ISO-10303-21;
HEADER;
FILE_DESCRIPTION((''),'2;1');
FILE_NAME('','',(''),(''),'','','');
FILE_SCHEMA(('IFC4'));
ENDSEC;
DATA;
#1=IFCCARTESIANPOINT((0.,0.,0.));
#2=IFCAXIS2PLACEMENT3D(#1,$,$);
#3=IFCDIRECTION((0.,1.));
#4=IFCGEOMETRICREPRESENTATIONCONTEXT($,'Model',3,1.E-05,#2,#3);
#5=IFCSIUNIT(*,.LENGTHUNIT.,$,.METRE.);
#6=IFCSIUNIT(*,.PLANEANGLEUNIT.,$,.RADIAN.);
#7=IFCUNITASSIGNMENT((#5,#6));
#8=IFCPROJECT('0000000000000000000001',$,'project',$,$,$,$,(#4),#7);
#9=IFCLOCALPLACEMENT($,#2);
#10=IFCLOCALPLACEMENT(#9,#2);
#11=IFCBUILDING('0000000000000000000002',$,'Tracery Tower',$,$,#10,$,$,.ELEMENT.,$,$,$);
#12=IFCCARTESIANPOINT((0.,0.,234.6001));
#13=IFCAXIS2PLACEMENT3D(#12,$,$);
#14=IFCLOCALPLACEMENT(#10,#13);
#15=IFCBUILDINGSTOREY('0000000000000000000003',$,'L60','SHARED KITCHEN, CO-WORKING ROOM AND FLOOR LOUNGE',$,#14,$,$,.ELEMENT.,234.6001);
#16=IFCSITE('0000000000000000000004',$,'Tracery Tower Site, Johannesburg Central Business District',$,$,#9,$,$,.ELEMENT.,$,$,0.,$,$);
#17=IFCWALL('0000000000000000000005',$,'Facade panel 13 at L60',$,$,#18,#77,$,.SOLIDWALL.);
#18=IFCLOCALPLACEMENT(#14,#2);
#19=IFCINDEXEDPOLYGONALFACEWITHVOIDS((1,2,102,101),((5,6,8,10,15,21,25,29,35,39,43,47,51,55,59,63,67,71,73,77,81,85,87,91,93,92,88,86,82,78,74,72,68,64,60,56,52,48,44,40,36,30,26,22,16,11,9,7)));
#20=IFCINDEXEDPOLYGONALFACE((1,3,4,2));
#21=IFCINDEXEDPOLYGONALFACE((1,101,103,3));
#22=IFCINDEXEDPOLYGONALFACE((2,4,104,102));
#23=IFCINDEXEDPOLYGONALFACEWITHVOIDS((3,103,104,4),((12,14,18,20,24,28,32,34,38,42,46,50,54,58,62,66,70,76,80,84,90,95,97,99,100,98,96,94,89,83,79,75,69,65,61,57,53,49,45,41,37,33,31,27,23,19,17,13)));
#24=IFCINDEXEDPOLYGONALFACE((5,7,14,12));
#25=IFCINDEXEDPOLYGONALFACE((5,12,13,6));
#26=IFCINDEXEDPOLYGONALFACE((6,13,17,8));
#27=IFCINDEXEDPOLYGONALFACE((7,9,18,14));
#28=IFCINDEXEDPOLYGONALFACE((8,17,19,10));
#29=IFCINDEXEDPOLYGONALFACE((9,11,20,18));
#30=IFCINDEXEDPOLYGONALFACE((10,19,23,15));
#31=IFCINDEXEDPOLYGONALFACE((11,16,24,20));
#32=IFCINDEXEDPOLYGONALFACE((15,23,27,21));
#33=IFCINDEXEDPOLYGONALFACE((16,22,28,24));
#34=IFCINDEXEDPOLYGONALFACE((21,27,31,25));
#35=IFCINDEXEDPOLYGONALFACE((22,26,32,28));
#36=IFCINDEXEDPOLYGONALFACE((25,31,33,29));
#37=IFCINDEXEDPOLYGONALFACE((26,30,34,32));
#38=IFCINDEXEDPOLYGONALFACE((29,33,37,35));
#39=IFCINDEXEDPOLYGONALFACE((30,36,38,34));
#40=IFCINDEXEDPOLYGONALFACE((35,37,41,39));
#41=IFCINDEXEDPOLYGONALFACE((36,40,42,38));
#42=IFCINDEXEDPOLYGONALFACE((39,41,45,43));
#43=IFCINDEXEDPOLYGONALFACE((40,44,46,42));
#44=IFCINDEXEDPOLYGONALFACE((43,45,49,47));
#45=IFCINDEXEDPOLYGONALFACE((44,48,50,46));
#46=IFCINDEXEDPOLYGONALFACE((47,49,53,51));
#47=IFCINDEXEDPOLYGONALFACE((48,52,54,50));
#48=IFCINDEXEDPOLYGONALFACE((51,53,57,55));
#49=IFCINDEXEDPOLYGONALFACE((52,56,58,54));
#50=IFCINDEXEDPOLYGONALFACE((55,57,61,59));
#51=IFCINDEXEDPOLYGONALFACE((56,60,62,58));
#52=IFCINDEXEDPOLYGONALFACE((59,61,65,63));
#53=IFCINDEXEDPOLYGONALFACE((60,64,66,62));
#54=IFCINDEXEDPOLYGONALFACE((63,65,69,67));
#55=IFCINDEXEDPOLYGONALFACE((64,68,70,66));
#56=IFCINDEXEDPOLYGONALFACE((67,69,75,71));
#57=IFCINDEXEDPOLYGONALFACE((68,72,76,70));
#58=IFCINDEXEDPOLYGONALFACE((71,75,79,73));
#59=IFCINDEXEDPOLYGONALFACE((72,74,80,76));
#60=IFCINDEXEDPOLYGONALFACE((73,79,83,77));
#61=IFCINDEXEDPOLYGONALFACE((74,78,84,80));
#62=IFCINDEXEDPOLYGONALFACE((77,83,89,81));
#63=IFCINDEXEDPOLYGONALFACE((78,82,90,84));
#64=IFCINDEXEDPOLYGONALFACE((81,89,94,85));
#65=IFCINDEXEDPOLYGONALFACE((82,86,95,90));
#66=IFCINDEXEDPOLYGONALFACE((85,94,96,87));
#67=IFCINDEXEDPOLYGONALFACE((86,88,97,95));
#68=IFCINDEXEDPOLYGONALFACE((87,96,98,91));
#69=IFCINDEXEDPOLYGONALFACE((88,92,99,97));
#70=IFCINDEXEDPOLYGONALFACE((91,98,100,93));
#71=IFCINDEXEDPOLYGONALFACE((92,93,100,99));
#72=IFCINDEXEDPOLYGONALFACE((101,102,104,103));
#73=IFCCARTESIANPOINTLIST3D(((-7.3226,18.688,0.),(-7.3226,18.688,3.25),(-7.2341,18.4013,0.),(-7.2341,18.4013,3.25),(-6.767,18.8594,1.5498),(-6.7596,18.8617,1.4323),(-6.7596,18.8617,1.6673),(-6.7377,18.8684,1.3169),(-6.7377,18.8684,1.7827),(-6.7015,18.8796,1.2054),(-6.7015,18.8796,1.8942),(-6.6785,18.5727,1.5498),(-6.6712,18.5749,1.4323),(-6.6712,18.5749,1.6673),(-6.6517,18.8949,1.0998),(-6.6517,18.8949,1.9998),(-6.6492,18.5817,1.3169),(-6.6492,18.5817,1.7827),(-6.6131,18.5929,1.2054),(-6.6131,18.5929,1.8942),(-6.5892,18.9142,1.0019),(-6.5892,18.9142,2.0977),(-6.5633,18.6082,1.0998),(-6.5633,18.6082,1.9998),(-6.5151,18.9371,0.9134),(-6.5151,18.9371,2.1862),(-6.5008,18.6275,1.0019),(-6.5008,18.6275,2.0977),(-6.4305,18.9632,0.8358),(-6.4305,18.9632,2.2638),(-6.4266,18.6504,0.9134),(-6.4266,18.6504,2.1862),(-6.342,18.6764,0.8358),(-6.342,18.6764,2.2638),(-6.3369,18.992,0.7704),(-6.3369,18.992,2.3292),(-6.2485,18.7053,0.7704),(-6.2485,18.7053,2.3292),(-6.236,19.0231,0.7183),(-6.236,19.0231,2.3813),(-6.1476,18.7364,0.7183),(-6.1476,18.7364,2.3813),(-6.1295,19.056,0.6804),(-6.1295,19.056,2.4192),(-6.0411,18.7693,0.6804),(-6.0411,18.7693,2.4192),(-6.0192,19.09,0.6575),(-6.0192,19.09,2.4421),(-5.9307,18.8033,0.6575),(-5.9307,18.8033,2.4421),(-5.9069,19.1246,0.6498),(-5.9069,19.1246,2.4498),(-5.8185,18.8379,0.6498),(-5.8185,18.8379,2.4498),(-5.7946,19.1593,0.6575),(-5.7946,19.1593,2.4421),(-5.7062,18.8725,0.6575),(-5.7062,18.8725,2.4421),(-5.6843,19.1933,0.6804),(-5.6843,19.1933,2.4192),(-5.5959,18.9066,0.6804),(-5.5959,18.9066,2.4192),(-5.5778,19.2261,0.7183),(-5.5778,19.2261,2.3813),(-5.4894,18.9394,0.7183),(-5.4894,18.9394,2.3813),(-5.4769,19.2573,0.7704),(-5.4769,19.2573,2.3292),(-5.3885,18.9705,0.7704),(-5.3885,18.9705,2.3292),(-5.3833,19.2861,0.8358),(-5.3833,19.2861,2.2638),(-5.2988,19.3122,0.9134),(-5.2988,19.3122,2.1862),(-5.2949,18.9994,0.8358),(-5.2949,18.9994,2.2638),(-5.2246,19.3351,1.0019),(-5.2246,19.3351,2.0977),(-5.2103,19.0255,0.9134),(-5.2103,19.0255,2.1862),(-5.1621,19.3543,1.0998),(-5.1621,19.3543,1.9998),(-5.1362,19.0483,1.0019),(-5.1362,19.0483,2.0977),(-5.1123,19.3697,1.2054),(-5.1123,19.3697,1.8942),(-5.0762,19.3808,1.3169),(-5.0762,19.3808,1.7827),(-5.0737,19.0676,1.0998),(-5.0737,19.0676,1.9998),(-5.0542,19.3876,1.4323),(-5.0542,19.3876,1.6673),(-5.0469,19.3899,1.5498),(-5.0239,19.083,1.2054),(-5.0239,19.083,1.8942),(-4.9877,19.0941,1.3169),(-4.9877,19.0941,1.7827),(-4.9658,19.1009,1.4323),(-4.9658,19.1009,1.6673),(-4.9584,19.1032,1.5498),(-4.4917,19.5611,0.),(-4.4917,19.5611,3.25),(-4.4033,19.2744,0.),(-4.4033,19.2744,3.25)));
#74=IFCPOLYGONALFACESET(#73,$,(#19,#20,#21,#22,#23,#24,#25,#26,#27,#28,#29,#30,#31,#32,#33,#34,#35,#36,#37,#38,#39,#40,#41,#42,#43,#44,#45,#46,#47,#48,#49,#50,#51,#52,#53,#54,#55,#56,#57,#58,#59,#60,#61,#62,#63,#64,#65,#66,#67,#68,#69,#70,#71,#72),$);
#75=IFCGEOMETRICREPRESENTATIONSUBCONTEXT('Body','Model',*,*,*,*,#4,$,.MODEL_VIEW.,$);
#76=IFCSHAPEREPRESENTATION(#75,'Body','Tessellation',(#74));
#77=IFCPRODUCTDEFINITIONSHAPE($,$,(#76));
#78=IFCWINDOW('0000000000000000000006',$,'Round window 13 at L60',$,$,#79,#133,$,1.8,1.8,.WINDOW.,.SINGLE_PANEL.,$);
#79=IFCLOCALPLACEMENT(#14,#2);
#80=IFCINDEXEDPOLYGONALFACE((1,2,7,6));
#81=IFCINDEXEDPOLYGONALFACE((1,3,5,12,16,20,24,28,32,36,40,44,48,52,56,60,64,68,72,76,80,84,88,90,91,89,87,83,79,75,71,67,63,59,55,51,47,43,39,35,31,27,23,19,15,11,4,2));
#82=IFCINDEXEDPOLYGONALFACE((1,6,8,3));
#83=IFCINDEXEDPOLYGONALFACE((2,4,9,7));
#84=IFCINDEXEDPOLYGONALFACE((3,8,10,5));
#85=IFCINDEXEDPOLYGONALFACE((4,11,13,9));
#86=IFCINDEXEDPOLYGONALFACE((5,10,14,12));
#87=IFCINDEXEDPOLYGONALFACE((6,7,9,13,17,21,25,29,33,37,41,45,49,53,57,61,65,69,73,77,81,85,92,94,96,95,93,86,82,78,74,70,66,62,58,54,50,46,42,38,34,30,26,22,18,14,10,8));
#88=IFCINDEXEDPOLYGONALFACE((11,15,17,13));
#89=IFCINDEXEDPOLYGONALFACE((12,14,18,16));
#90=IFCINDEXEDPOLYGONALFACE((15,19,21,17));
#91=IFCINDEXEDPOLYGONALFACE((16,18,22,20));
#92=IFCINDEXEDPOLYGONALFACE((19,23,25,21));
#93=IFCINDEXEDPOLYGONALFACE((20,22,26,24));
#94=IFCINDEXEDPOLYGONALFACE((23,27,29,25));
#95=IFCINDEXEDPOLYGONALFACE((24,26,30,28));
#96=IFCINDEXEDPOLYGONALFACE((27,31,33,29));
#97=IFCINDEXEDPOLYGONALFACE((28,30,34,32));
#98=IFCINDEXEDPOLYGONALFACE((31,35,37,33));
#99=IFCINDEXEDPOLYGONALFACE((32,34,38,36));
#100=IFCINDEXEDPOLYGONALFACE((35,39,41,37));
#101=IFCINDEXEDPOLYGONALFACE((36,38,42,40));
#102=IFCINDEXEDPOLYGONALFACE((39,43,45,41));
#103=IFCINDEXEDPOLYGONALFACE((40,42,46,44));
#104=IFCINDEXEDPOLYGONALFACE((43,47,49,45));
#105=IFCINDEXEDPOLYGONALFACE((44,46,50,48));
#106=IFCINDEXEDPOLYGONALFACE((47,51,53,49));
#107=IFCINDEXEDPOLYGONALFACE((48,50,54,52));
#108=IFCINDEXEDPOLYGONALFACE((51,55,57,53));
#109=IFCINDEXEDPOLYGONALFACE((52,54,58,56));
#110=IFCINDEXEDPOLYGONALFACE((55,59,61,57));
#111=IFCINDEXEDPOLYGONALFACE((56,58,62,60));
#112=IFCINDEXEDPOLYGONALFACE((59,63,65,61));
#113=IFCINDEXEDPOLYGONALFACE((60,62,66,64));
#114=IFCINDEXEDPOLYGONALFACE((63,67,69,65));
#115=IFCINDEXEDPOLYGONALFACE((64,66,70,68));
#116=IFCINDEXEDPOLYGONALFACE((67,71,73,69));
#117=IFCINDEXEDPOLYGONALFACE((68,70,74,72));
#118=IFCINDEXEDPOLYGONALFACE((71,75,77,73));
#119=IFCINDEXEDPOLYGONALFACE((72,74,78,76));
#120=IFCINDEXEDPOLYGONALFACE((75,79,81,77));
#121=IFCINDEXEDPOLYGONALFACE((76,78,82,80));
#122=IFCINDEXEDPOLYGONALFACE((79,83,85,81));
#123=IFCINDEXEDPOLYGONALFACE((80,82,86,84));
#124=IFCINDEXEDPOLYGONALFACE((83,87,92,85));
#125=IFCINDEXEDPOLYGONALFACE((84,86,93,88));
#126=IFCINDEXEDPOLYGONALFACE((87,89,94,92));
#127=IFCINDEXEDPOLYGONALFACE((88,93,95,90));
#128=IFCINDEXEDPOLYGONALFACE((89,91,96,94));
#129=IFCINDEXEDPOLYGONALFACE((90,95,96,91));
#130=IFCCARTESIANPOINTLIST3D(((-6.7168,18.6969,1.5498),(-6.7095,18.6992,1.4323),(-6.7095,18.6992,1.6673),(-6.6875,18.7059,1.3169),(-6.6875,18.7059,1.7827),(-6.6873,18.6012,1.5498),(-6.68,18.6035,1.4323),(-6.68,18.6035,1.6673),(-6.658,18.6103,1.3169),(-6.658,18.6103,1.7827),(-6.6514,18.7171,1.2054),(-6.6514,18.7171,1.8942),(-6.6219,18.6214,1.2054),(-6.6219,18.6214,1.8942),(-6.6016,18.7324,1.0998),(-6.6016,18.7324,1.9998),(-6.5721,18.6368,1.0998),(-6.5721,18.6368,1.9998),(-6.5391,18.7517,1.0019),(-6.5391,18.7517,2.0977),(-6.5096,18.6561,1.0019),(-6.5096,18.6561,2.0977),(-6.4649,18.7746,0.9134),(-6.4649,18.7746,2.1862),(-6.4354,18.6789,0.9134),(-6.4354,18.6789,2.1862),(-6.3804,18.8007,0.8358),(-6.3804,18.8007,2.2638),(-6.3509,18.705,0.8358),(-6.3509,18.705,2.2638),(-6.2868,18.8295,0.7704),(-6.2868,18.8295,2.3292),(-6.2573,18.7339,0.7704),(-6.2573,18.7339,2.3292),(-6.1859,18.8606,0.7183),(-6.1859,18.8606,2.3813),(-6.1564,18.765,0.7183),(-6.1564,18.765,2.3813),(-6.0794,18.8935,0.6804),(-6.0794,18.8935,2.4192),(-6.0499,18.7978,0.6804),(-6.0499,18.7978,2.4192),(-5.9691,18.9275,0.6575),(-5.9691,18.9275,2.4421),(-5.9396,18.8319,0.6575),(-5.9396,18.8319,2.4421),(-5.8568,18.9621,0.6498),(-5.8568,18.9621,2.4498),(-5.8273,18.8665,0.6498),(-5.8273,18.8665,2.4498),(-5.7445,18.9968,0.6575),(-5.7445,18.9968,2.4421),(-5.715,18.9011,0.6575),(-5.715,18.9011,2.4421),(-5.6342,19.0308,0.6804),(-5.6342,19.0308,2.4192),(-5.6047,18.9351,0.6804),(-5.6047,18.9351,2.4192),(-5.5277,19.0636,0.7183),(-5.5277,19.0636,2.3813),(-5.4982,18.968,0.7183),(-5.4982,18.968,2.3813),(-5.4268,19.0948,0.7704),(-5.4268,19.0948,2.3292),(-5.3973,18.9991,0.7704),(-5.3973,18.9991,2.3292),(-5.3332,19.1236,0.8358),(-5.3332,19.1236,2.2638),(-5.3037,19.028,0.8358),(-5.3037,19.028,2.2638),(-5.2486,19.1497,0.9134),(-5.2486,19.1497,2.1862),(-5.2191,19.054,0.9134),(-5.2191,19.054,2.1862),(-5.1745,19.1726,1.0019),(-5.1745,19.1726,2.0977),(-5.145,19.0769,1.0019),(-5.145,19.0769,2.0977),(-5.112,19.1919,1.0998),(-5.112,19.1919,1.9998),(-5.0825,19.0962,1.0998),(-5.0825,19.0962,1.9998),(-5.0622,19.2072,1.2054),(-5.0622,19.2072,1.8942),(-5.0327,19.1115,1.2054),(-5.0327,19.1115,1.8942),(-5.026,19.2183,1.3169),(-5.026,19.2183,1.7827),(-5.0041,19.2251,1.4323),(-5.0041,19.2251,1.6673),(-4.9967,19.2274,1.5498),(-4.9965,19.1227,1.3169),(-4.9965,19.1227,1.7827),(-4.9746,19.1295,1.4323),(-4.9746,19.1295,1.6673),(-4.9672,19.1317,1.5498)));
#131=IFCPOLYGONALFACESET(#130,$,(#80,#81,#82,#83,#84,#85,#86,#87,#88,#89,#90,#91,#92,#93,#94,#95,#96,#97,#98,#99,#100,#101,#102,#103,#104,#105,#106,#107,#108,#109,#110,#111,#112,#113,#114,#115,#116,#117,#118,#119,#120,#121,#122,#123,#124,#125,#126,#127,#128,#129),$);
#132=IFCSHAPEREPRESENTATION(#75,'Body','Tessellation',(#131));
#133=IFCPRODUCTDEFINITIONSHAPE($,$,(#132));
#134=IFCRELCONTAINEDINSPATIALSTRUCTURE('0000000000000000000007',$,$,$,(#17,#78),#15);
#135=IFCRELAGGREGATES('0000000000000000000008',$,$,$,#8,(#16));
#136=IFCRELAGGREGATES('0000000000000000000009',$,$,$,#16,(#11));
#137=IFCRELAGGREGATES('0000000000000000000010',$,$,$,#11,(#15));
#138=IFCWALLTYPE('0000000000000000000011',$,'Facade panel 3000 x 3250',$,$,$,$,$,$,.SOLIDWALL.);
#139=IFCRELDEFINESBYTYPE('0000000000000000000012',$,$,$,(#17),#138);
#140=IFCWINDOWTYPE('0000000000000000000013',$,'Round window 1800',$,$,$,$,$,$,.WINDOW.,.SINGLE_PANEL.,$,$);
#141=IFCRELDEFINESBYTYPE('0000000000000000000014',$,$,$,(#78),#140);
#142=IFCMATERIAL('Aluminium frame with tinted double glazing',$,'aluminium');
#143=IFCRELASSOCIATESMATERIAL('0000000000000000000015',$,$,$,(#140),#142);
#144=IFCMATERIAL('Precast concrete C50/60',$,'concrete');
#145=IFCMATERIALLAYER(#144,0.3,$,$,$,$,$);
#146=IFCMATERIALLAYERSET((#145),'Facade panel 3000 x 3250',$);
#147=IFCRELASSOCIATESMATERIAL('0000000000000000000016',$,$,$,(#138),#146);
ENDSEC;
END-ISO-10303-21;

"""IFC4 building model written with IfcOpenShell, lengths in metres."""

from ifc_helpers import new_model, si_unit, direction, frame, frame_2d, origin, origin_2d, place, context, subcontext, project, spatial, rectangle, circle, extrude, material, layer, layer_set, type_object, element, fill, save


model = new_model("IFC4")

# Units and contexts
model_context = context("Model", 3, precision=1e-05, world=origin(), true_north=direction((0.0, 1.0)))
body_context = subcontext(model_context, "Body", "Model", "MODEL_VIEW")
ifc_project = project(units=[si_unit("LENGTHUNIT", "METRE"), si_unit("PLANEANGLEUNIT", "RADIAN")], contexts=[model_context])

# Site, building, storey
site_placement = place(None, origin())
site = spatial("IfcSite", under=ifc_project, at=site_placement, Name="Tracery Tower Site, Johannesburg Central Business District", CompositionType="ELEMENT", RefElevation=0.0)
building_placement = place(site_placement, origin())
building = spatial("IfcBuilding", under=site, at=building_placement, Name="Tracery Tower", CompositionType="ELEMENT")
storey_placement = place(building_placement, frame((0.0, 0.0, 234.6001)))
storey = spatial("IfcBuildingStorey", under=building, at=storey_placement, Name="L60", Description="SHARED KITCHEN, CO-WORKING ROOM AND FLOOR LOUNGE", CompositionType="ELEMENT", Elevation=234.6001)

# Wall, opening, window
ifc_material_1 = material(Name="Aluminium frame with tinted double glazing", Category="aluminium")
window_type = type_object("IfcWindowType", Name="Round window 1800", PartitioningType="SINGLE_PANEL", PredefinedType="WINDOW", material=ifc_material_1)
ifc_material_2 = material(Name="Precast concrete C50/60", Category="concrete")
ifc_layer_1 = layer(ifc_material_2, 0.3)
ifc_layer_set_1 = layer_set([ifc_layer_1], Name="Facade panel 3000 x 3250")
wall_type_1 = type_object("IfcWallType", Name="Facade panel 3000 x 3250", PredefinedType="SOLIDWALL", material=ifc_layer_set_1)
wall_1_placement = place(storey_placement, frame((-4.4475, 19.4177, 0.0), z_axis=(0.0, 0.0, 1.0), x_axis=(-0.955586, -0.294711, 0.0)))
wall_1 = element("IfcWall", 1, at=wall_1_placement, inside=storey, type_object=wall_type_1, Name="Facade panel 13 at L60", PredefinedType="SOLIDWALL", context=body_context, shape_type="SweptSolid", body=[
    extrude(rectangle(XDim=2.9624, YDim=0.3, at=frame_2d((1.4812, 0.0))), origin(), (0.0, 0.0, 1.0), 3.25),
])
opening_1_placement = place(wall_1_placement, frame((1.481, 0.0, 1.5498)))
opening_1 = element("IfcOpeningElement", 2, at=opening_1_placement, cuts=wall_1, PredefinedType="OPENING", context=body_context, shape_type="SweptSolid", body=[
    extrude(circle(Radius=0.9, at=origin_2d()), frame((0.0, 0.1599, 0.0), z_axis=(0.0, -1.0, 0.0), x_axis=(1.0, 0.0, 0.0)), (0.0, 0.0, 1.0), 0.3201),
])
window_1_placement = place(opening_1_placement, origin())
window_1 = element("IfcWindow", 3, at=window_1_placement, inside=storey, type_object=window_type, Name="Round window 13 at L60", OverallHeight=1.8, OverallWidth=1.8, PartitioningType="SINGLE_PANEL", PredefinedType="WINDOW", context=body_context, shape_type="SweptSolid", body=[
    extrude(circle(Radius=0.9, at=origin_2d()), frame((0.0, 0.1201, 0.0), z_axis=(0.0, -1.0, 0.0), x_axis=(1.0, 0.0, 0.0)), (0.0, 0.0, 1.0), 0.1001),
])
fill(opening_1, window_1)

save(model, "model.ifc")
